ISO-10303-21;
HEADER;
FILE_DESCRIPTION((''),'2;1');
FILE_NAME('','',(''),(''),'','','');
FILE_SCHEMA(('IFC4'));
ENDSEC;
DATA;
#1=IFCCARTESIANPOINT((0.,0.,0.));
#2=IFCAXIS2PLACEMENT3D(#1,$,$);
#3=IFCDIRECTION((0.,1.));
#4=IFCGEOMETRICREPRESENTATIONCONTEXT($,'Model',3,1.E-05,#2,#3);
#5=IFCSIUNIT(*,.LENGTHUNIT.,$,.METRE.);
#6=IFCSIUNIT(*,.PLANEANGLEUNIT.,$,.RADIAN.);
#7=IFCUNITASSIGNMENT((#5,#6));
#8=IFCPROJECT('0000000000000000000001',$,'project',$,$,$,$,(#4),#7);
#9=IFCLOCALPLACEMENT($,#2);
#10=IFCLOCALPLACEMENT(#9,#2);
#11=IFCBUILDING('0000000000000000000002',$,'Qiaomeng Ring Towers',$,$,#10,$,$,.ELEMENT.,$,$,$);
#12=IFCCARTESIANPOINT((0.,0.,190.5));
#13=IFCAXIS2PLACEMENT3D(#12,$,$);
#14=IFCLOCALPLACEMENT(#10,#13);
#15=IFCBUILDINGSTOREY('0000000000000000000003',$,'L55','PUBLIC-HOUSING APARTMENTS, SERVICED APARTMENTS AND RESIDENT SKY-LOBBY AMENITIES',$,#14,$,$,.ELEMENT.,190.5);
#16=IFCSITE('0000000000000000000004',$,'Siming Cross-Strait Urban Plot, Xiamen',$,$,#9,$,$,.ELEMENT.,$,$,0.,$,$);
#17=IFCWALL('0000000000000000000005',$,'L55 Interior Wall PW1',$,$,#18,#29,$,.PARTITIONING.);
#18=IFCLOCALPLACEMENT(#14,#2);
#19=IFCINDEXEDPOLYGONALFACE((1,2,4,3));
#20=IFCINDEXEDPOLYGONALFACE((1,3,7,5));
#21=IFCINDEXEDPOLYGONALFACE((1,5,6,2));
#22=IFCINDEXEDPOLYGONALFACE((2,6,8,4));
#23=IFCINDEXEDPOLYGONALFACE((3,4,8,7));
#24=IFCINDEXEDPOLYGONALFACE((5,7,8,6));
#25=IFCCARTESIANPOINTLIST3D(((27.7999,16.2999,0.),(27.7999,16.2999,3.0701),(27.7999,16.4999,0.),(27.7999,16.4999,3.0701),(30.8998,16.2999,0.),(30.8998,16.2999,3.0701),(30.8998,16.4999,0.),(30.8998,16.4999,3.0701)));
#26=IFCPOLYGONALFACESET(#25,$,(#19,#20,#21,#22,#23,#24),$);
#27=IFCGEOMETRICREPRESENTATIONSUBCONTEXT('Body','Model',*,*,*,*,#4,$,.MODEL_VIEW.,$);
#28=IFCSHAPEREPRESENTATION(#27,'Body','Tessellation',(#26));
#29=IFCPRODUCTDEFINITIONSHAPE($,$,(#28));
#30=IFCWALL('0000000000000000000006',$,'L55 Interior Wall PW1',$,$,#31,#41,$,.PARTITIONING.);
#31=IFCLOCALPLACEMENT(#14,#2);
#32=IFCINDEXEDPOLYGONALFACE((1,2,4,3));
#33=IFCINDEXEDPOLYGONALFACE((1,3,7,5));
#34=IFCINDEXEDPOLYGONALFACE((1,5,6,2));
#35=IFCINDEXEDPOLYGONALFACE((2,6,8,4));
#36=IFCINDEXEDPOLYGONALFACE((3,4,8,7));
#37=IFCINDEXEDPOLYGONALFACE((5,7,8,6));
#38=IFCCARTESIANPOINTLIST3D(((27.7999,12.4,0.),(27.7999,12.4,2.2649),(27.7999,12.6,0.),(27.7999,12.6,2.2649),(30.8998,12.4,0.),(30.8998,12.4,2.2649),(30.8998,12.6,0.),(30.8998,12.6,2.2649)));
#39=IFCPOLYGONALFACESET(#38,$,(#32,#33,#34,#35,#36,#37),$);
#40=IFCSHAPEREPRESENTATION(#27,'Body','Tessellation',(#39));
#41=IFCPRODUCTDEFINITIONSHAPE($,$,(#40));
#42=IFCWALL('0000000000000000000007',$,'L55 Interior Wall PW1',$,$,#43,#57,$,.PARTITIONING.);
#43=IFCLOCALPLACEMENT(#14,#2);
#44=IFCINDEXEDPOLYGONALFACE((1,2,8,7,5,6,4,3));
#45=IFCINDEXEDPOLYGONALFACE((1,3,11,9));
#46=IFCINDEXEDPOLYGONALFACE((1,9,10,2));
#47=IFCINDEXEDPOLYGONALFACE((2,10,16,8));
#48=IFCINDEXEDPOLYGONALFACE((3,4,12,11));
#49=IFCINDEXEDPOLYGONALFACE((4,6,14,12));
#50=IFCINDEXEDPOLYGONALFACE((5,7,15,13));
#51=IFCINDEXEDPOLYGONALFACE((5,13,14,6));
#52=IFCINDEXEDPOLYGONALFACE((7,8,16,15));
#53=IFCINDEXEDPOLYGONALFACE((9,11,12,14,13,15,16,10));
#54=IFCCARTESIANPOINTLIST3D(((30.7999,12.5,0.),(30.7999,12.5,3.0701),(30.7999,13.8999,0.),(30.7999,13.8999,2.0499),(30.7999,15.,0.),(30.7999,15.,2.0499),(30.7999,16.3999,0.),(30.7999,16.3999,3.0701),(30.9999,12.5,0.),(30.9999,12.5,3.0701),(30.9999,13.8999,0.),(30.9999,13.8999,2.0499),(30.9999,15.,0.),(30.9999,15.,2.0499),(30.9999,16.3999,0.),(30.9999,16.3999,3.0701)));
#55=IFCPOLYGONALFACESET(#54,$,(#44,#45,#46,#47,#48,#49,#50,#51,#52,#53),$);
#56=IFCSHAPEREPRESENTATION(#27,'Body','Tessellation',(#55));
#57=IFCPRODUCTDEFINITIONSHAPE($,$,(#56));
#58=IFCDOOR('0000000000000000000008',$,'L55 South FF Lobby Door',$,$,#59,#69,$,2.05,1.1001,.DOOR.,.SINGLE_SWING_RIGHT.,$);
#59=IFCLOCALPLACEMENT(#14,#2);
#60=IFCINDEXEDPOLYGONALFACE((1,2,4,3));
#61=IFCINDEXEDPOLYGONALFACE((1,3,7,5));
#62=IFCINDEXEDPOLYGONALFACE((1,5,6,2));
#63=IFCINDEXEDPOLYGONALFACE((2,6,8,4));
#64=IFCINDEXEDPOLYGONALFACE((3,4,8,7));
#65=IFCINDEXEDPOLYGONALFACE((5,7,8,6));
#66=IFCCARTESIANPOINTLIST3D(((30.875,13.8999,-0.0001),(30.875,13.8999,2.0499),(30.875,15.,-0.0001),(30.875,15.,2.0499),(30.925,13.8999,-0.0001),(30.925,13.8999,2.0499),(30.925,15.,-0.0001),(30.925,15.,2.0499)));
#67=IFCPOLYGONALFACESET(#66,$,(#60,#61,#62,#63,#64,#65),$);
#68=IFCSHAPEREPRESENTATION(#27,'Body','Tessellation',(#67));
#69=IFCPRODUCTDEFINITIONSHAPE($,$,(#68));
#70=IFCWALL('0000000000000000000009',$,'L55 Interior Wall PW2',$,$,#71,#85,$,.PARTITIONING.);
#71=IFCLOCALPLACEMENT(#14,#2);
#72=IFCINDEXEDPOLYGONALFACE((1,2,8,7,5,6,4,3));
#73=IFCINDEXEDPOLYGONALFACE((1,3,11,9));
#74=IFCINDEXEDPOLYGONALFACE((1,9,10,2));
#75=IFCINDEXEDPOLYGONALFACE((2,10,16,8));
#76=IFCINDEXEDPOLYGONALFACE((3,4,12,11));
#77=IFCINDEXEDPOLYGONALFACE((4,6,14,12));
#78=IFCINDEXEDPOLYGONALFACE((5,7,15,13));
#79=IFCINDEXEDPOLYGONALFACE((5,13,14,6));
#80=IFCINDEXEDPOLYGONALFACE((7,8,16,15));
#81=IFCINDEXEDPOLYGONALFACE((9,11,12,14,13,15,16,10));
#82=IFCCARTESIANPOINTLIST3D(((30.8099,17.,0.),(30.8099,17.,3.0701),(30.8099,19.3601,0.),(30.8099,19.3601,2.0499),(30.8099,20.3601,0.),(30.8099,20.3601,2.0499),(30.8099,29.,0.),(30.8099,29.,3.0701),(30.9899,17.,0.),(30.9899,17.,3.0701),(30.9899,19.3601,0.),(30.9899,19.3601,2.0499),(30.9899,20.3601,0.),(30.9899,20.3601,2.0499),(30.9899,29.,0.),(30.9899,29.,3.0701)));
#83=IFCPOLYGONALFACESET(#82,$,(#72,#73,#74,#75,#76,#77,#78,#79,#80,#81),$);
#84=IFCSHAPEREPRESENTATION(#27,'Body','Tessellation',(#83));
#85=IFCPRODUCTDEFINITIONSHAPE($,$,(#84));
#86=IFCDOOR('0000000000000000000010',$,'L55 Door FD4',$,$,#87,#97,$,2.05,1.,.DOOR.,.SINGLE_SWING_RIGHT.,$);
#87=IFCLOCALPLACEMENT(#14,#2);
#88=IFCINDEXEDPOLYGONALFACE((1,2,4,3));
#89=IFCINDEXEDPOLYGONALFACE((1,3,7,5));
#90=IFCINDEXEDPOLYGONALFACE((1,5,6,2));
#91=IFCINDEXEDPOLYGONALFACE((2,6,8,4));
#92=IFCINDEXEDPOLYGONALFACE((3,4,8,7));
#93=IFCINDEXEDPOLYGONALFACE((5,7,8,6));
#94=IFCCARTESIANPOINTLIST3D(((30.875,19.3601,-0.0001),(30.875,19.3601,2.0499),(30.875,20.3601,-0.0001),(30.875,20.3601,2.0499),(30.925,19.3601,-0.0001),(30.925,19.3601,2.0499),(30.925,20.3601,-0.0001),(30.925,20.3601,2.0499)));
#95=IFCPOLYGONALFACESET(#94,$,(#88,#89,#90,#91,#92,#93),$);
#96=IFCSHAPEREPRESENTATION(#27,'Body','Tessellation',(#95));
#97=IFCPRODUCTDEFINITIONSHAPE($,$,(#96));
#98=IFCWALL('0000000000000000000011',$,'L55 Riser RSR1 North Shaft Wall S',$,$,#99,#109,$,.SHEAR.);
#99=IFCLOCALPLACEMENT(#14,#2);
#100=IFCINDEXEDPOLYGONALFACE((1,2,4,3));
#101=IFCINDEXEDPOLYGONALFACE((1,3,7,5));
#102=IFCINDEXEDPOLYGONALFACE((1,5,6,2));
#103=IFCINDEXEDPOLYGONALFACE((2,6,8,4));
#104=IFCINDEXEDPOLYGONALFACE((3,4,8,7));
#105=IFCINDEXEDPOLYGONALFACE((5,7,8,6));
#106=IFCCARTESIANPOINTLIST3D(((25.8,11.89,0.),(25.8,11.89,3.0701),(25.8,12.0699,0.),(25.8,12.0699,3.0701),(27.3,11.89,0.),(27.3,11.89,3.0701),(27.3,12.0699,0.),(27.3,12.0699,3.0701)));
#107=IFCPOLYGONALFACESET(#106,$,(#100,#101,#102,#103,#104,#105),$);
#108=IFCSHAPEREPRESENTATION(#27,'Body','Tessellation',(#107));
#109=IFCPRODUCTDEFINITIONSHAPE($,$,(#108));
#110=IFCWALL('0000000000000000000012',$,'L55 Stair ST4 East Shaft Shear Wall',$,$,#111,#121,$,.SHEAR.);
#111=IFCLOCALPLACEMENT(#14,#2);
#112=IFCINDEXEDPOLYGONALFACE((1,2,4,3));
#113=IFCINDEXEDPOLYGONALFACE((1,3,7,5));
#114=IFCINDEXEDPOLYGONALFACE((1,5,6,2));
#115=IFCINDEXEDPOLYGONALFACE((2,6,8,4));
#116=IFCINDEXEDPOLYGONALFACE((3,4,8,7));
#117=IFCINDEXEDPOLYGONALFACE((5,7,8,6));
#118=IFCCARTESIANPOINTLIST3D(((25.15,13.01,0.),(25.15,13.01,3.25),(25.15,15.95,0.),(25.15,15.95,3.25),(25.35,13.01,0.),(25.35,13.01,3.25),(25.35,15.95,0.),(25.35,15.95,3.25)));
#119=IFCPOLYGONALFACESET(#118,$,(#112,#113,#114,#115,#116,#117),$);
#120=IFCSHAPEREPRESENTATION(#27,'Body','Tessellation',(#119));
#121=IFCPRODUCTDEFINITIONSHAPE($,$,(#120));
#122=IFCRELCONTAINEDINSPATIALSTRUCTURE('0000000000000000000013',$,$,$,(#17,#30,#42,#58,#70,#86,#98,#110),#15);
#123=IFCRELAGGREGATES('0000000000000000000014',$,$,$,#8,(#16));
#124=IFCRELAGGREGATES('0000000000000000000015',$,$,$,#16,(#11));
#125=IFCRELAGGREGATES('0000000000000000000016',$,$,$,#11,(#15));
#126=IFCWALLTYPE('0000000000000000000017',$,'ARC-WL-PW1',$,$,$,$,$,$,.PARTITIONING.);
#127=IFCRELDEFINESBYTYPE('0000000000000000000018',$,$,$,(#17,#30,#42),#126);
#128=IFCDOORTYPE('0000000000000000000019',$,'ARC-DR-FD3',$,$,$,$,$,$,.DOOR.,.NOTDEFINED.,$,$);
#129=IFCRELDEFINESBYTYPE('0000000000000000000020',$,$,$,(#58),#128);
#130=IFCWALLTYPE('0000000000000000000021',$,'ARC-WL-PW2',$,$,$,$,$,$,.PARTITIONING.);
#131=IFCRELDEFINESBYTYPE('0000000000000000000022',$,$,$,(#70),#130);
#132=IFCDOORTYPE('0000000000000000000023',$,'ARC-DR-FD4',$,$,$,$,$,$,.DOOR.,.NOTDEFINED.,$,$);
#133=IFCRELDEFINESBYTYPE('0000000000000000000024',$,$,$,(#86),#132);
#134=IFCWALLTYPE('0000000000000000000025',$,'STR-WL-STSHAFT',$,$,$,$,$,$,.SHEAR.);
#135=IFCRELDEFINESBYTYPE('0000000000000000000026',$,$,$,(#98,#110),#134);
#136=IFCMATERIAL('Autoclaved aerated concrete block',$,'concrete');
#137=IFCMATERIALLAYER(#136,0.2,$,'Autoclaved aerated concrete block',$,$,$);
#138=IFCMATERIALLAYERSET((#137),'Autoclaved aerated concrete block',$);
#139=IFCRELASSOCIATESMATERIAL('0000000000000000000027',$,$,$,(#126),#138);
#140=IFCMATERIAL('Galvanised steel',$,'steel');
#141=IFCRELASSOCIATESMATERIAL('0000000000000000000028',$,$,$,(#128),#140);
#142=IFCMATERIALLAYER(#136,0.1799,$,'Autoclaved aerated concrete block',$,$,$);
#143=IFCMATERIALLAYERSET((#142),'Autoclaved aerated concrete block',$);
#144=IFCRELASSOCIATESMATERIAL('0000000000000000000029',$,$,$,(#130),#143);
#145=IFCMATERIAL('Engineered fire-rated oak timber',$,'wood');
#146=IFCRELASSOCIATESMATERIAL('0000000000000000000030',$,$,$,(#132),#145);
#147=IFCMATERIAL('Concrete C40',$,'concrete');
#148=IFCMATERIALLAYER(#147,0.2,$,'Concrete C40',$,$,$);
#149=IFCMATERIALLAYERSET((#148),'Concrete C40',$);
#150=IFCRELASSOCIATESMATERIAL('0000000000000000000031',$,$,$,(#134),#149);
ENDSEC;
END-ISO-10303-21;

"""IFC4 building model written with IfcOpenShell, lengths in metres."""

from ifc_helpers import new_model, si_unit, direction, frame, frame_2d, origin, place, context, subcontext, project, spatial, rectangle, extrude, source, transform, mapped, material, layer, layer_set, type_object, element, fill, save


model = new_model("IFC4")

# Units and contexts
model_context = context("Model", 3, precision=1e-05, world=origin(), true_north=direction((0.0, 1.0)))
body_context = subcontext(model_context, "Body", "Model", "MODEL_VIEW")
ifc_project = project(units=[si_unit("LENGTHUNIT", "METRE"), si_unit("PLANEANGLEUNIT", "RADIAN")], contexts=[model_context])

# Site, building, storey
site_placement = place(None, origin())
site = spatial("IfcSite", under=ifc_project, at=site_placement, Name="Siming Cross-Strait Urban Plot, Xiamen", CompositionType="ELEMENT", RefElevation=0.0)
building_placement = place(site_placement, origin())
building = spatial("IfcBuilding", under=site, at=building_placement, Name="Qiaomeng Ring Towers", CompositionType="ELEMENT")
storey_placement = place(building_placement, frame((0.0, 0.0, 190.5)))
storey = spatial("IfcBuildingStorey", under=building, at=storey_placement, Name="L55", Description="PUBLIC-HOUSING APARTMENTS, SERVICED APARTMENTS AND RESIDENT SKY-LOBBY AMENITIES", CompositionType="ELEMENT", Elevation=190.5)

# Shared definitions
ifc_material_1 = material(Name="Concrete C40", Category="concrete")

# Walls
ifc_material_2 = material(Name="Autoclaved aerated concrete block", Category="concrete")
ifc_layer_1 = layer(ifc_material_2, 0.2, Name="Autoclaved aerated concrete block")
ifc_layer_set_1 = layer_set([ifc_layer_1], Name="Autoclaved aerated concrete block")
wall_type_1 = type_object("IfcWallType", Name="ARC-WL-PW1", PredefinedType="PARTITIONING", material=ifc_layer_set_1)
wall_1_placement = place(storey_placement, frame((27.8, 16.3999, 0.0), z_axis=(0.0, 0.0, 1.0), x_axis=(1.0, 0.0, 0.0)))
element("IfcWall", 1, at=wall_1_placement, inside=storey, type_object=wall_type_1, Name="L55 Interior Wall PW1", PredefinedType="PARTITIONING", context=body_context, shape_type="SweptSolid", body=[
    extrude(rectangle(XDim=3.0999, YDim=0.2, at=frame_2d((1.5498, 0.0))), origin(), (0.0, 0.0, 1.0), 3.0701),
])
wall_2_placement = place(storey_placement, frame((27.8, 12.5, 0.0), z_axis=(0.0, 0.0, 1.0), x_axis=(1.0, 0.0, 0.0)))
element("IfcWall", 2, at=wall_2_placement, inside=storey, type_object=wall_type_1, Name="L55 Interior Wall PW1", PredefinedType="PARTITIONING", context=body_context, shape_type="SweptSolid", body=[
    extrude(rectangle(XDim=3.0999, YDim=0.2, at=frame_2d((1.5498, 0.0))), origin(), (0.0, 0.0, 1.0), 2.2649),
])

# Walls, openings, doors
wall_3_placement = place(storey_placement, frame((30.8999, 12.5, 0.0), z_axis=(0.0, 0.0, 1.0), x_axis=(0.0, 1.0, 0.0)))
wall_3 = element("IfcWall", 3, at=wall_3_placement, inside=storey, type_object=wall_type_1, Name="L55 Interior Wall PW1", PredefinedType="PARTITIONING", context=body_context, shape_type="SweptSolid", body=[
    extrude(rectangle(XDim=3.8999, YDim=0.2, at=frame_2d((1.95, 0.0))), origin(), (0.0, 0.0, 1.0), 3.0701),
])
opening_1_placement = place(wall_3_placement, frame((1.3999, 0.0, 0.0)))
opening_1 = element("IfcOpeningElement", 4, at=opening_1_placement, cuts=wall_3, PredefinedType="OPENING", context=body_context, shape_type="SweptSolid", body=[
    extrude(rectangle(XDim=1.1001, YDim=2.05, at=frame_2d((0.55, 1.0249))), frame((0.0, 0.1099, 0.0), z_axis=(0.0, -1.0, 0.0), x_axis=(1.0, 0.0, 0.0)), (0.0, 0.0, 1.0), 0.22),
])
ifc_material_3 = material(Name="Galvanised steel", Category="steel")
door_type_1 = type_object("IfcDoorType", Name="ARC-DR-FD3", OperationType="NOTDEFINED", PredefinedType="DOOR", material=ifc_material_3)
shared_shape_1 = source(origin(), body_context, "Body", "SweptSolid", [
    extrude(rectangle(XDim=1.1001, YDim=2.05, at=frame_2d((0.55, 1.0249))), frame((0.0, 0.0249, 0.0), z_axis=(0.0, -1.0, 0.0), x_axis=(1.0, 0.0, 0.0)), (0.0, 0.0, 1.0), 0.05),
])
door_1_placement = place(opening_1_placement, origin())
door_1 = element("IfcDoor", 5, at=door_1_placement, inside=storey, type_object=door_type_1, Name="L55 South FF Lobby Door", OperationType="SINGLE_SWING_RIGHT", OverallHeight=2.05, OverallWidth=1.1001, PredefinedType="DOOR", context=body_context, shape_type="MappedRepresentation", body=[
    mapped(shared_shape_1, transform((0.0, 0.0, 0.0), x_axis=(1.0, 0.0, 0.0), y_axis=(0.0, 1.0, 0.0), z_axis=(0.0, 0.0, 1.0), scale=1.0)),
])
fill(opening_1, door_1)
ifc_layer_2 = layer(ifc_material_2, 0.1799, Name="Autoclaved aerated concrete block")
ifc_layer_set_2 = layer_set([ifc_layer_2], Name="Autoclaved aerated concrete block")
wall_type_2 = type_object("IfcWallType", Name="ARC-WL-PW2", PredefinedType="PARTITIONING", material=ifc_layer_set_2)
wall_4_placement = place(storey_placement, frame((30.8999, 17.0, 0.0), z_axis=(0.0, 0.0, 1.0), x_axis=(0.0, 1.0, 0.0)))
wall_4 = element("IfcWall", 6, at=wall_4_placement, inside=storey, type_object=wall_type_2, Name="L55 Interior Wall PW2", PredefinedType="PARTITIONING", context=body_context, shape_type="SweptSolid", body=[
    extrude(rectangle(XDim=12.0, YDim=0.1799, at=frame_2d((6.0, 0.0))), origin(), (0.0, 0.0, 1.0), 3.0701),
])
opening_2_placement = place(wall_4_placement, frame((2.3601, 0.0, 0.0)))
opening_2 = element("IfcOpeningElement", 7, at=opening_2_placement, cuts=wall_4, PredefinedType="OPENING", context=body_context, shape_type="SweptSolid", body=[
    extrude(rectangle(XDim=1.0, YDim=2.05, at=frame_2d((0.5, 1.0249))), frame((0.0, 0.0999, 0.0), z_axis=(0.0, -1.0, 0.0), x_axis=(1.0, 0.0, 0.0)), (0.0, 0.0, 1.0), 0.2),
])
ifc_material_4 = material(Name="Engineered fire-rated oak timber", Category="wood")
door_type_2 = type_object("IfcDoorType", Name="ARC-DR-FD4", OperationType="NOTDEFINED", PredefinedType="DOOR", material=ifc_material_4)
shared_shape_2 = source(origin(), body_context, "Body", "SweptSolid", [
    extrude(rectangle(XDim=1.0, YDim=2.05, at=frame_2d((0.5, 1.0249))), frame((0.0, 0.0249, 0.0), z_axis=(0.0, -1.0, 0.0), x_axis=(1.0, 0.0, 0.0)), (0.0, 0.0, 1.0), 0.05),
])
door_2_placement = place(opening_2_placement, origin())
door_2 = element("IfcDoor", 8, at=door_2_placement, inside=storey, type_object=door_type_2, Name="L55 Door FD4", OperationType="SINGLE_SWING_RIGHT", OverallHeight=2.05, OverallWidth=1.0, PredefinedType="DOOR", context=body_context, shape_type="MappedRepresentation", body=[
    mapped(shared_shape_2, transform((0.0, 0.0, 0.0), x_axis=(1.0, 0.0, 0.0), y_axis=(0.0, 1.0, 0.0), z_axis=(0.0, 0.0, 1.0), scale=1.0)),
])
fill(opening_2, door_2)

# Walls
ifc_layer_3 = layer(ifc_material_1, 0.2, Name="Concrete C40")
ifc_layer_set_3 = layer_set([ifc_layer_3], Name="Concrete C40")
wall_type_3 = type_object("IfcWallType", Name="STR-WL-STSHAFT", PredefinedType="SHEAR", material=ifc_layer_set_3)
wall_5_placement = place(storey_placement, frame((25.8, 11.98, 0.0), z_axis=(0.0, 0.0, 1.0), x_axis=(1.0, 0.0, 0.0)))
element("IfcWall", 9, at=wall_5_placement, inside=storey, type_object=wall_type_3, Name="L55 Riser RSR1 North Shaft Wall S", PredefinedType="SHEAR", context=body_context, shape_type="SweptSolid", body=[
    extrude(rectangle(XDim=1.5, YDim=0.1799, at=frame_2d((0.75, 0.0))), origin(), (0.0, 0.0, 1.0), 3.0701),
])
wall_6_placement = place(storey_placement, frame((25.25, 13.01, 0.0), z_axis=(0.0, 0.0, 1.0), x_axis=(0.0, 1.0, 0.0)))
element("IfcWall", 10, at=wall_6_placement, inside=storey, type_object=wall_type_3, Name="L55 Stair ST4 East Shaft Shear Wall", PredefinedType="SHEAR", context=body_context, shape_type="SweptSolid", body=[
    extrude(rectangle(XDim=2.9399, YDim=0.2, at=frame_2d((1.47, 0.0))), origin(), (0.0, 0.0, 1.0), 3.25),
])

save(model, "model.ifc")
